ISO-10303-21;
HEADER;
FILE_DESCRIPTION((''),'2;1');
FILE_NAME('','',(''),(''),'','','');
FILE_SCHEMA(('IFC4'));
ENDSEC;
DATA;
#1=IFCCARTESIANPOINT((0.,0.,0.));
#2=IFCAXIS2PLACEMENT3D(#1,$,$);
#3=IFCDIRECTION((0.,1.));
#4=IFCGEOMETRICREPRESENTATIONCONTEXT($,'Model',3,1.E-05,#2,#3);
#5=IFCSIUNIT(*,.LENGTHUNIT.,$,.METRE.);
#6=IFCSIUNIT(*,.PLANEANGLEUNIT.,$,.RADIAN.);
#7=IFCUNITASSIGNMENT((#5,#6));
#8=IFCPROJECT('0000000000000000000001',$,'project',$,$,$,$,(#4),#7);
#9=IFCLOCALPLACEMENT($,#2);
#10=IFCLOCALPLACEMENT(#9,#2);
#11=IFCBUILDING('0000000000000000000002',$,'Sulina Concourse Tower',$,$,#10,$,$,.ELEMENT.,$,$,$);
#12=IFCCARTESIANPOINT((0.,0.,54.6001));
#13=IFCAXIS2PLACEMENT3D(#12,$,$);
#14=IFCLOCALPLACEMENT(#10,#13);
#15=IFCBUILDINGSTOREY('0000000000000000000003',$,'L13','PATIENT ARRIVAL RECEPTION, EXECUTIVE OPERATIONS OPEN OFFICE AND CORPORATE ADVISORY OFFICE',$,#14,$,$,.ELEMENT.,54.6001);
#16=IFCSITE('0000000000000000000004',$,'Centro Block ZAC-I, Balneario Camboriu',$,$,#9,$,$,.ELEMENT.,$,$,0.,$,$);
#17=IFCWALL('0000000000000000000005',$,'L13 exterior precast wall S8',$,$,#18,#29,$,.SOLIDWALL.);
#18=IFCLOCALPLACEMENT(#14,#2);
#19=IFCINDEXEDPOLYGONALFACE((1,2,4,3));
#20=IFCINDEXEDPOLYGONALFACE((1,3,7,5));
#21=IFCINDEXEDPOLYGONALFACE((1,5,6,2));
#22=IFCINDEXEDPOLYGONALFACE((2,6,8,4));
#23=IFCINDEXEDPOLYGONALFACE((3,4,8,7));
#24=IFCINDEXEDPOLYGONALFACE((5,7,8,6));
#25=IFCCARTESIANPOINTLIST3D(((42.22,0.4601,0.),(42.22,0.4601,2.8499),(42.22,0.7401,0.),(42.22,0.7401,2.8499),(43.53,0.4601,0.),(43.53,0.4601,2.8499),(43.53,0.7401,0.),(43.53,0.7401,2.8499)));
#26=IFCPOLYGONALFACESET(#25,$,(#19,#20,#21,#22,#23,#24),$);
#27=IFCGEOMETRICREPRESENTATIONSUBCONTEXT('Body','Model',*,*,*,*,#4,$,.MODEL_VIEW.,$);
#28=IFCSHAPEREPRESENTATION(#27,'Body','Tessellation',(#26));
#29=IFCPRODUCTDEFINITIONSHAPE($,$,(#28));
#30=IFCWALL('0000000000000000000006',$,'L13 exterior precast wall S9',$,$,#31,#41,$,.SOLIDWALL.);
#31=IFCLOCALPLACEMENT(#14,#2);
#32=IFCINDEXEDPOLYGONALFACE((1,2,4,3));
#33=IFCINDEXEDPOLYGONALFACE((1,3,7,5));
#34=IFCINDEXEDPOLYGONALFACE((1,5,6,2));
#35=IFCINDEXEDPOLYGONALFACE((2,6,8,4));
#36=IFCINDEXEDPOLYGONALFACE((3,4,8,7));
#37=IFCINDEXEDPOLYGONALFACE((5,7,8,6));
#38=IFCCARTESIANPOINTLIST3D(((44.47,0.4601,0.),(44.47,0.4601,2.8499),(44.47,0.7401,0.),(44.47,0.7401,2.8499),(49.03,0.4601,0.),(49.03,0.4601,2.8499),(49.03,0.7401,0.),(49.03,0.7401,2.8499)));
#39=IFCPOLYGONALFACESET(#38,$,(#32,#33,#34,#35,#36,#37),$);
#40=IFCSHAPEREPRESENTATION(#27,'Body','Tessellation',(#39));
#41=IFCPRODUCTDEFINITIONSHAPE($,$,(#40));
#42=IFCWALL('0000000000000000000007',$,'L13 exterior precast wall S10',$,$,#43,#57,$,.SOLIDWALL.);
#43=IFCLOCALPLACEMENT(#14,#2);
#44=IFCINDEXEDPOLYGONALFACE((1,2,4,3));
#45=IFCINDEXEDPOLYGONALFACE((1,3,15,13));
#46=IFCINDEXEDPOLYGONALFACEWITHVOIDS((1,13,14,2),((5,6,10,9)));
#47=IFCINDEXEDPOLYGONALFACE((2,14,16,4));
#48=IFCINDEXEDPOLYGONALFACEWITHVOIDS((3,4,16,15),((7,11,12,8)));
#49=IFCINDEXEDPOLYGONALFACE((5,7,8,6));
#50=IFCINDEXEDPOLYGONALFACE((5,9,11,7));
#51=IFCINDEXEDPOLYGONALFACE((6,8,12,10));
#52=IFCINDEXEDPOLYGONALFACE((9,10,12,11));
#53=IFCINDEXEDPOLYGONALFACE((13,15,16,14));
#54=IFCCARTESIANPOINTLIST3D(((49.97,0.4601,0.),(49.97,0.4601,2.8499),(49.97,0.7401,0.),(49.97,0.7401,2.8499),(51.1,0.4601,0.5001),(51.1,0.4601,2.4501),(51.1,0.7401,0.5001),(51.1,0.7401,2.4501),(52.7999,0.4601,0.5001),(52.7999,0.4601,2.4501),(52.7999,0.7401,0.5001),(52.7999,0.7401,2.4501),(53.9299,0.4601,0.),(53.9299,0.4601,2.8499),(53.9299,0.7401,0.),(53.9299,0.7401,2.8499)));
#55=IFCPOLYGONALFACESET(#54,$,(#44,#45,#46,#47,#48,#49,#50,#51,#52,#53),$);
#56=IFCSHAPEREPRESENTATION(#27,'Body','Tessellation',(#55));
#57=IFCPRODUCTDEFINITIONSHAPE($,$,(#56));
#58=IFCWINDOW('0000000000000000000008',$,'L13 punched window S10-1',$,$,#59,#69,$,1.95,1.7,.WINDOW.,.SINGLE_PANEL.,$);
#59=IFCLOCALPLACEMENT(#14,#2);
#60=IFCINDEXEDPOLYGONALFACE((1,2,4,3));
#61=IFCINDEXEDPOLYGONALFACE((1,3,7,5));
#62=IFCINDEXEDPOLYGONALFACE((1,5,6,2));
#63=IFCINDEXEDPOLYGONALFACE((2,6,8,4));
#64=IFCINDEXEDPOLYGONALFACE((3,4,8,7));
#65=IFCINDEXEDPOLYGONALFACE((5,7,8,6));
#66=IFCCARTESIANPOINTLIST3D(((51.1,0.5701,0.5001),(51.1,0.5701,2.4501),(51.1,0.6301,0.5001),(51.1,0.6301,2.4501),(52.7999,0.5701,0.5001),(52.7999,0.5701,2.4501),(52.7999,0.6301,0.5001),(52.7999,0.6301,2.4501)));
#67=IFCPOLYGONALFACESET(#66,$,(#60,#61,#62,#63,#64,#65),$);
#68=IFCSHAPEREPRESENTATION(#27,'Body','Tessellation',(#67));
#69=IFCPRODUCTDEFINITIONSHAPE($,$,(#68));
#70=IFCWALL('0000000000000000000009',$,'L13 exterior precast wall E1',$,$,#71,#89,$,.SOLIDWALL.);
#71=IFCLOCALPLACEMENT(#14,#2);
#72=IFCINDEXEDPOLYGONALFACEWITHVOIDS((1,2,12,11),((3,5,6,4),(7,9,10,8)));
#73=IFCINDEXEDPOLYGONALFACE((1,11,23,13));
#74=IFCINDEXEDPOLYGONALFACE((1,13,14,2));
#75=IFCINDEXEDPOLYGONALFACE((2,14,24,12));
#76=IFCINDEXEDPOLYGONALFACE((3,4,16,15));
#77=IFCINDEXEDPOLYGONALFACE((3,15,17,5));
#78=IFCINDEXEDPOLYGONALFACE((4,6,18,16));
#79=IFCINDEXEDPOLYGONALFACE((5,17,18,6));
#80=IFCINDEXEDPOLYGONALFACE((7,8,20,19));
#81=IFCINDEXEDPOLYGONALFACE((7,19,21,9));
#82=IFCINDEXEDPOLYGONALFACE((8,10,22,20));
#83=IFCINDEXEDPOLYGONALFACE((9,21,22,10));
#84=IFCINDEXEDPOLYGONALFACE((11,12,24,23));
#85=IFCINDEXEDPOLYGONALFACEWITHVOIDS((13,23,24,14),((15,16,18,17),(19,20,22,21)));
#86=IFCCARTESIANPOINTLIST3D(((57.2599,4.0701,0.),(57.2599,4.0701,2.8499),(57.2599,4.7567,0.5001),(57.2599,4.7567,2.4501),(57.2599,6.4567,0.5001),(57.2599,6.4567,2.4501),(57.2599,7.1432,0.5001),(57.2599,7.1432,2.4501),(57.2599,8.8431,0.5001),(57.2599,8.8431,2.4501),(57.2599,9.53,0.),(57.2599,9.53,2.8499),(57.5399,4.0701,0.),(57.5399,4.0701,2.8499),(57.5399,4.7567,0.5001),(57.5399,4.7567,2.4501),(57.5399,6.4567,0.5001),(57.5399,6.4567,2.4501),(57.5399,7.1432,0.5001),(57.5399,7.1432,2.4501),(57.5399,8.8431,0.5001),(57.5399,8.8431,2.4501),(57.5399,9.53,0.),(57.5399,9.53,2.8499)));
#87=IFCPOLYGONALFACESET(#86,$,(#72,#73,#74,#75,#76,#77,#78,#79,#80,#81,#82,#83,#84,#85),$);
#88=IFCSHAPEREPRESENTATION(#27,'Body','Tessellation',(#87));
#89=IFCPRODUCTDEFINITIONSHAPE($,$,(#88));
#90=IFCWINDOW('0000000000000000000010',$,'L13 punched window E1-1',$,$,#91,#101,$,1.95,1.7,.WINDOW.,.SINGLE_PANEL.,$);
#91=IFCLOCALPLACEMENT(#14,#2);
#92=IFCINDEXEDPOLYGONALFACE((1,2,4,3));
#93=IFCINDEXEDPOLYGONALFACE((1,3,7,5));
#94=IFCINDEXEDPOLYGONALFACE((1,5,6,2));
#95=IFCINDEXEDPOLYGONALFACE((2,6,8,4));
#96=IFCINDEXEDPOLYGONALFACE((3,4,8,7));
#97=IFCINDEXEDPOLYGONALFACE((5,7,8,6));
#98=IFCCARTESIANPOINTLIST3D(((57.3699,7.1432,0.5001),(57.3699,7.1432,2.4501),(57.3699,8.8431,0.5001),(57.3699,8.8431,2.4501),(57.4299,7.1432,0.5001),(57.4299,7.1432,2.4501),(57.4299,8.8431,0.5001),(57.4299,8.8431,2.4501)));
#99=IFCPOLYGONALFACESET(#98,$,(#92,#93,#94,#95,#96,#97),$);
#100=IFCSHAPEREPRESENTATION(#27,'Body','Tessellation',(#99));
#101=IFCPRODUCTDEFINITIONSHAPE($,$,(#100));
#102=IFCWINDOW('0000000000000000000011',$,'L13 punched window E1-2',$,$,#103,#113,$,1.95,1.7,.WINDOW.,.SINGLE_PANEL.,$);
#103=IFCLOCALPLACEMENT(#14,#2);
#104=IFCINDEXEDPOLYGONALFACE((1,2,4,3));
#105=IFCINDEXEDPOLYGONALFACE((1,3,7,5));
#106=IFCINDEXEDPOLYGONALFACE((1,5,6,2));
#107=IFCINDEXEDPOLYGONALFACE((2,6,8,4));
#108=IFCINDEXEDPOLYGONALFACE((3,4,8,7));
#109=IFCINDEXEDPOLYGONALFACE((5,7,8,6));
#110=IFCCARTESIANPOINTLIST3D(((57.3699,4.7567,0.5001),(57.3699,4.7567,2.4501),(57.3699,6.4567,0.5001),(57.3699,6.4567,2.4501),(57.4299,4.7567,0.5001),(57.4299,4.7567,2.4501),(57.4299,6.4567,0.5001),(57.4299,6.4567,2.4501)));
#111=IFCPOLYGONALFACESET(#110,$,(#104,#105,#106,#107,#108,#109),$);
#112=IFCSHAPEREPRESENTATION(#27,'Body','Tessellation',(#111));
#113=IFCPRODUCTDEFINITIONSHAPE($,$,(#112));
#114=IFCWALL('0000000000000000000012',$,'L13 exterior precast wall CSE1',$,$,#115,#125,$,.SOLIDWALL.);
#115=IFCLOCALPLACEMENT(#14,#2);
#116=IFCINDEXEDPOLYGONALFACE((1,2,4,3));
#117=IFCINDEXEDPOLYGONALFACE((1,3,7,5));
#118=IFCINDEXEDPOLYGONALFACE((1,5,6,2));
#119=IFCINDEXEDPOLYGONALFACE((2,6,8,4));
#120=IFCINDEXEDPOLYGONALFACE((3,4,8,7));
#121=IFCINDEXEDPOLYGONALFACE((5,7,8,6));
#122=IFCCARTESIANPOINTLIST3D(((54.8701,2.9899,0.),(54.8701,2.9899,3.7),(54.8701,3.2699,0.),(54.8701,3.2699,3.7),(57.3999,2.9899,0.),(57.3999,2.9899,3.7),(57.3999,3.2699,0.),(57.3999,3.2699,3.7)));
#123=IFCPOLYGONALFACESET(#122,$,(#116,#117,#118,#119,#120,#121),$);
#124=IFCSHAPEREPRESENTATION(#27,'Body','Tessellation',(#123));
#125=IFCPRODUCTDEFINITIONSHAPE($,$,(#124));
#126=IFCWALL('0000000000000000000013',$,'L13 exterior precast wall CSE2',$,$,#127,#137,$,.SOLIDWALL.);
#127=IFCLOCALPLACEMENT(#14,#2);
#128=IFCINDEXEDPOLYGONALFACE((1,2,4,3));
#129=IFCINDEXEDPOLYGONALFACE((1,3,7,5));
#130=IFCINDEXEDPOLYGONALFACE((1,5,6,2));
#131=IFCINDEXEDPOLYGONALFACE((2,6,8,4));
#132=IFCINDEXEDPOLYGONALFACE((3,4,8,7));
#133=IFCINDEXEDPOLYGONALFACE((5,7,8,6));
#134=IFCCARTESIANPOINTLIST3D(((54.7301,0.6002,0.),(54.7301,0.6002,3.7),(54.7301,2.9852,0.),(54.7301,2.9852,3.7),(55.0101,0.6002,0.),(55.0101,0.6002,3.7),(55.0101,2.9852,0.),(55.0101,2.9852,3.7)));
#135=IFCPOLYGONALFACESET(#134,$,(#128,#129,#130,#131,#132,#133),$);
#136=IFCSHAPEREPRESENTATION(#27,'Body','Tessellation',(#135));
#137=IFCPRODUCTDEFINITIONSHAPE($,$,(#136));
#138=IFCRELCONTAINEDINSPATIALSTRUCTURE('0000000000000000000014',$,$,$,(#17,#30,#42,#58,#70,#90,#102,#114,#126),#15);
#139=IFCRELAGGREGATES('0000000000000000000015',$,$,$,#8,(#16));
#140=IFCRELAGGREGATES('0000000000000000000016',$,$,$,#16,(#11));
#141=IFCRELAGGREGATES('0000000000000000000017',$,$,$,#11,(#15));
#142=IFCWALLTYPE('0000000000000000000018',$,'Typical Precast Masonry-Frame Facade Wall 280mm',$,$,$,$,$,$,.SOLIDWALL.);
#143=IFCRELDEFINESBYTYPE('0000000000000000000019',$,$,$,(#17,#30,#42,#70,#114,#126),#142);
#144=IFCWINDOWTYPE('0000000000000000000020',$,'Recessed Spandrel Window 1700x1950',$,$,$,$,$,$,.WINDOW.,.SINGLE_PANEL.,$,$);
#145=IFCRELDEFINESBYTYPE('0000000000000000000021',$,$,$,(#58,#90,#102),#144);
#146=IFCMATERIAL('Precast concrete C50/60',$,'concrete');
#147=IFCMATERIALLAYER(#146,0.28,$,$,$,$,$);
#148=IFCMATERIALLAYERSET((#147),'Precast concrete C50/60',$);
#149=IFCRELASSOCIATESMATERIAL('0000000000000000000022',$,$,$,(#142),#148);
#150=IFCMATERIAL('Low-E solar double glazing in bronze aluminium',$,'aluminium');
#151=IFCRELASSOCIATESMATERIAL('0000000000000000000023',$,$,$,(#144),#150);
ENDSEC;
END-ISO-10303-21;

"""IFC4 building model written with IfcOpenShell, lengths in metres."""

from ifc_helpers import new_model, si_unit, direction, frame, frame_2d, origin, place, context, subcontext, project, spatial, rectangle, extrude, material, layer, layer_set, type_object, element, fill, save


model = new_model("IFC4")

# Units and contexts
model_context = context("Model", 3, precision=1e-05, world=origin(), true_north=direction((0.0, 1.0)))
body_context = subcontext(model_context, "Body", "Model", "MODEL_VIEW")
ifc_project = project(units=[si_unit("LENGTHUNIT", "METRE"), si_unit("PLANEANGLEUNIT", "RADIAN")], contexts=[model_context])

# Site, building, storey
site_placement = place(None, origin())
site = spatial("IfcSite", under=ifc_project, at=site_placement, Name="Centro Block ZAC-I, Balneario Camboriu", CompositionType="ELEMENT", RefElevation=0.0)
building_placement = place(site_placement, origin())
building = spatial("IfcBuilding", under=site, at=building_placement, Name="Sulina Concourse Tower", CompositionType="ELEMENT")
storey_placement = place(building_placement, frame((0.0, 0.0, 54.6001)))
storey = spatial("IfcBuildingStorey", under=building, at=storey_placement, Name="L13", Description="PATIENT ARRIVAL RECEPTION, EXECUTIVE OPERATIONS OPEN OFFICE AND CORPORATE ADVISORY OFFICE", CompositionType="ELEMENT", Elevation=54.6001)

# Walls
ifc_material_1 = material(Name="Precast concrete C50/60", Category="concrete")
ifc_layer_1 = layer(ifc_material_1, 0.28)
ifc_layer_set_1 = layer_set([ifc_layer_1], Name="Precast concrete C50/60")
wall_type_1 = type_object("IfcWallType", Name="Typical Precast Masonry-Frame Facade Wall 280mm", PredefinedType="SOLIDWALL", material=ifc_layer_set_1)
wall_1_placement = place(storey_placement, frame((43.53, 0.6001, 0.0), z_axis=(0.0, 0.0, 1.0), x_axis=(-1.0, 0.0, 0.0)))
element("IfcWall", 1, at=wall_1_placement, inside=storey, type_object=wall_type_1, Name="L13 exterior precast wall S8", PredefinedType="SOLIDWALL", context=body_context, shape_type="SweptSolid", body=[
    extrude(rectangle(XDim=1.3101, YDim=0.28, at=frame_2d((0.655, 0.0))), origin(), (0.0, 0.0, 1.0), 2.8499),
])
wall_2_placement = place(storey_placement, frame((49.03, 0.6001, 0.0), z_axis=(0.0, 0.0, 1.0), x_axis=(-1.0, 0.0, 0.0)))
element("IfcWall", 2, at=wall_2_placement, inside=storey, type_object=wall_type_1, Name="L13 exterior precast wall S9", PredefinedType="SOLIDWALL", context=body_context, shape_type="SweptSolid", body=[
    extrude(rectangle(XDim=4.5601, YDim=0.28, at=frame_2d((2.28, 0.0))), origin(), (0.0, 0.0, 1.0), 2.8499),
])

# Wall, opening, window
wall_3_placement = place(storey_placement, frame((53.9299, 0.6001, 0.0), z_axis=(0.0, 0.0, 1.0), x_axis=(-1.0, 0.0, 0.0)))
wall_3 = element("IfcWall", 3, at=wall_3_placement, inside=storey, type_object=wall_type_1, Name="L13 exterior precast wall S10", PredefinedType="SOLIDWALL", context=body_context, shape_type="SweptSolid", body=[
    extrude(rectangle(XDim=3.96, YDim=0.28, at=frame_2d((1.98, 0.0))), origin(), (0.0, 0.0, 1.0), 2.8499),
])
opening_1_placement = place(wall_3_placement, frame((1.1299, 0.0, 0.5)))
opening_1 = element("IfcOpeningElement", 4, at=opening_1_placement, cuts=wall_3, PredefinedType="OPENING", context=body_context, shape_type="SweptSolid", body=[
    extrude(rectangle(XDim=1.7, YDim=1.95, at=frame_2d((0.8501, 0.9751))), frame((0.0, 0.1499, 0.0), z_axis=(0.0, -1.0, 0.0), x_axis=(1.0, 0.0, 0.0)), (0.0, 0.0, 1.0), 0.3),
])
ifc_material_2 = material(Name="Low-E solar double glazing in bronze aluminium", Category="aluminium")
window_type = type_object("IfcWindowType", Name="Recessed Spandrel Window 1700x1950", PartitioningType="SINGLE_PANEL", PredefinedType="WINDOW", material=ifc_material_2)
window_1_placement = place(opening_1_placement, origin())
window_1 = element("IfcWindow", 5, at=window_1_placement, inside=storey, type_object=window_type, Name="L13 punched window S10-1", OverallHeight=1.95, OverallWidth=1.7, PartitioningType="SINGLE_PANEL", PredefinedType="WINDOW", context=body_context, shape_type="SweptSolid", body=[
    extrude(rectangle(XDim=1.7, YDim=1.95, at=frame_2d((0.8501, 0.9751))), frame((0.0, 0.03, 0.0), z_axis=(0.0, -1.0, 0.0), x_axis=(1.0, 0.0, 0.0)), (0.0, 0.0, 1.0), 0.0601),
])
fill(opening_1, window_1)

# Wall, openings, windows
wall_4_placement = place(storey_placement, frame((57.3999, 9.53, 0.0), z_axis=(0.0, 0.0, 1.0), x_axis=(0.0, -1.0, 0.0)))
wall_4 = element("IfcWall", 6, at=wall_4_placement, inside=storey, type_object=wall_type_1, Name="L13 exterior precast wall E1", PredefinedType="SOLIDWALL", context=body_context, shape_type="SweptSolid", body=[
    extrude(rectangle(XDim=5.46, YDim=0.28, at=frame_2d((2.73, 0.0))), origin(), (0.0, 0.0, 1.0), 2.8499),
])
opening_2_placement = place(wall_4_placement, frame((0.6868, 0.0, 0.5)))
opening_2 = element("IfcOpeningElement", 7, at=opening_2_placement, cuts=wall_4, PredefinedType="OPENING", context=body_context, shape_type="SweptSolid", body=[
    extrude(rectangle(XDim=1.7, YDim=1.95, at=frame_2d((0.8501, 0.9751))), frame((0.0, 0.1499, 0.0), z_axis=(0.0, -1.0, 0.0), x_axis=(1.0, 0.0, 0.0)), (0.0, 0.0, 1.0), 0.3),
])
opening_3_placement = place(wall_4_placement, frame((3.0732, 0.0, 0.5)))
opening_3 = element("IfcOpeningElement", 8, at=opening_3_placement, cuts=wall_4, PredefinedType="OPENING", context=body_context, shape_type="SweptSolid", body=[
    extrude(rectangle(XDim=1.7, YDim=1.95, at=frame_2d((0.8501, 0.9751))), frame((0.0, 0.1499, 0.0), z_axis=(0.0, -1.0, 0.0), x_axis=(1.0, 0.0, 0.0)), (0.0, 0.0, 1.0), 0.3),
])
window_2_placement = place(opening_2_placement, origin())
window_2 = element("IfcWindow", 9, at=window_2_placement, inside=storey, type_object=window_type, Name="L13 punched window E1-1", OverallHeight=1.95, OverallWidth=1.7, PartitioningType="SINGLE_PANEL", PredefinedType="WINDOW", context=body_context, shape_type="SweptSolid", body=[
    extrude(rectangle(XDim=1.7, YDim=1.95, at=frame_2d((0.8501, 0.9751))), frame((0.0, 0.03, 0.0), z_axis=(0.0, -1.0, 0.0), x_axis=(1.0, 0.0, 0.0)), (0.0, 0.0, 1.0), 0.0601),
])
fill(opening_2, window_2)
window_3_placement = place(opening_3_placement, origin())
window_3 = element("IfcWindow", 10, at=window_3_placement, inside=storey, type_object=window_type, Name="L13 punched window E1-2", OverallHeight=1.95, OverallWidth=1.7, PartitioningType="SINGLE_PANEL", PredefinedType="WINDOW", context=body_context, shape_type="SweptSolid", body=[
    extrude(rectangle(XDim=1.7, YDim=1.95, at=frame_2d((0.8501, 0.9751))), frame((0.0, 0.03, 0.0), z_axis=(0.0, -1.0, 0.0), x_axis=(1.0, 0.0, 0.0)), (0.0, 0.0, 1.0), 0.0601),
])
fill(opening_3, window_3)

# Walls
wall_5_placement = place(storey_placement, frame((57.3999, 3.1299, 0.0), z_axis=(0.0, 0.0, 1.0), x_axis=(-1.0, 0.0, 0.0)))
element("IfcWall", 11, at=wall_5_placement, inside=storey, type_object=wall_type_1, Name="L13 exterior precast wall CSE1", PredefinedType="SOLIDWALL", context=body_context, shape_type="SweptSolid", body=[
    extrude(rectangle(XDim=2.5298, YDim=0.28, at=frame_2d((1.2649, 0.0))), origin(), (0.0, 0.0, 1.0), 3.7),
])
wall_6_placement = place(storey_placement, frame((54.8701, 2.9851, 0.0), z_axis=(0.0, 0.0, 1.0), x_axis=(0.0, -1.0, 0.0)))
element("IfcWall", 12, at=wall_6_placement, inside=storey, type_object=wall_type_1, Name="L13 exterior precast wall CSE2", PredefinedType="SOLIDWALL", context=body_context, shape_type="SweptSolid", body=[
    extrude(rectangle(XDim=2.385, YDim=0.28, at=frame_2d((1.1924, 0.0))), origin(), (0.0, 0.0, 1.0), 3.7),
])

save(model, "model.ifc")
